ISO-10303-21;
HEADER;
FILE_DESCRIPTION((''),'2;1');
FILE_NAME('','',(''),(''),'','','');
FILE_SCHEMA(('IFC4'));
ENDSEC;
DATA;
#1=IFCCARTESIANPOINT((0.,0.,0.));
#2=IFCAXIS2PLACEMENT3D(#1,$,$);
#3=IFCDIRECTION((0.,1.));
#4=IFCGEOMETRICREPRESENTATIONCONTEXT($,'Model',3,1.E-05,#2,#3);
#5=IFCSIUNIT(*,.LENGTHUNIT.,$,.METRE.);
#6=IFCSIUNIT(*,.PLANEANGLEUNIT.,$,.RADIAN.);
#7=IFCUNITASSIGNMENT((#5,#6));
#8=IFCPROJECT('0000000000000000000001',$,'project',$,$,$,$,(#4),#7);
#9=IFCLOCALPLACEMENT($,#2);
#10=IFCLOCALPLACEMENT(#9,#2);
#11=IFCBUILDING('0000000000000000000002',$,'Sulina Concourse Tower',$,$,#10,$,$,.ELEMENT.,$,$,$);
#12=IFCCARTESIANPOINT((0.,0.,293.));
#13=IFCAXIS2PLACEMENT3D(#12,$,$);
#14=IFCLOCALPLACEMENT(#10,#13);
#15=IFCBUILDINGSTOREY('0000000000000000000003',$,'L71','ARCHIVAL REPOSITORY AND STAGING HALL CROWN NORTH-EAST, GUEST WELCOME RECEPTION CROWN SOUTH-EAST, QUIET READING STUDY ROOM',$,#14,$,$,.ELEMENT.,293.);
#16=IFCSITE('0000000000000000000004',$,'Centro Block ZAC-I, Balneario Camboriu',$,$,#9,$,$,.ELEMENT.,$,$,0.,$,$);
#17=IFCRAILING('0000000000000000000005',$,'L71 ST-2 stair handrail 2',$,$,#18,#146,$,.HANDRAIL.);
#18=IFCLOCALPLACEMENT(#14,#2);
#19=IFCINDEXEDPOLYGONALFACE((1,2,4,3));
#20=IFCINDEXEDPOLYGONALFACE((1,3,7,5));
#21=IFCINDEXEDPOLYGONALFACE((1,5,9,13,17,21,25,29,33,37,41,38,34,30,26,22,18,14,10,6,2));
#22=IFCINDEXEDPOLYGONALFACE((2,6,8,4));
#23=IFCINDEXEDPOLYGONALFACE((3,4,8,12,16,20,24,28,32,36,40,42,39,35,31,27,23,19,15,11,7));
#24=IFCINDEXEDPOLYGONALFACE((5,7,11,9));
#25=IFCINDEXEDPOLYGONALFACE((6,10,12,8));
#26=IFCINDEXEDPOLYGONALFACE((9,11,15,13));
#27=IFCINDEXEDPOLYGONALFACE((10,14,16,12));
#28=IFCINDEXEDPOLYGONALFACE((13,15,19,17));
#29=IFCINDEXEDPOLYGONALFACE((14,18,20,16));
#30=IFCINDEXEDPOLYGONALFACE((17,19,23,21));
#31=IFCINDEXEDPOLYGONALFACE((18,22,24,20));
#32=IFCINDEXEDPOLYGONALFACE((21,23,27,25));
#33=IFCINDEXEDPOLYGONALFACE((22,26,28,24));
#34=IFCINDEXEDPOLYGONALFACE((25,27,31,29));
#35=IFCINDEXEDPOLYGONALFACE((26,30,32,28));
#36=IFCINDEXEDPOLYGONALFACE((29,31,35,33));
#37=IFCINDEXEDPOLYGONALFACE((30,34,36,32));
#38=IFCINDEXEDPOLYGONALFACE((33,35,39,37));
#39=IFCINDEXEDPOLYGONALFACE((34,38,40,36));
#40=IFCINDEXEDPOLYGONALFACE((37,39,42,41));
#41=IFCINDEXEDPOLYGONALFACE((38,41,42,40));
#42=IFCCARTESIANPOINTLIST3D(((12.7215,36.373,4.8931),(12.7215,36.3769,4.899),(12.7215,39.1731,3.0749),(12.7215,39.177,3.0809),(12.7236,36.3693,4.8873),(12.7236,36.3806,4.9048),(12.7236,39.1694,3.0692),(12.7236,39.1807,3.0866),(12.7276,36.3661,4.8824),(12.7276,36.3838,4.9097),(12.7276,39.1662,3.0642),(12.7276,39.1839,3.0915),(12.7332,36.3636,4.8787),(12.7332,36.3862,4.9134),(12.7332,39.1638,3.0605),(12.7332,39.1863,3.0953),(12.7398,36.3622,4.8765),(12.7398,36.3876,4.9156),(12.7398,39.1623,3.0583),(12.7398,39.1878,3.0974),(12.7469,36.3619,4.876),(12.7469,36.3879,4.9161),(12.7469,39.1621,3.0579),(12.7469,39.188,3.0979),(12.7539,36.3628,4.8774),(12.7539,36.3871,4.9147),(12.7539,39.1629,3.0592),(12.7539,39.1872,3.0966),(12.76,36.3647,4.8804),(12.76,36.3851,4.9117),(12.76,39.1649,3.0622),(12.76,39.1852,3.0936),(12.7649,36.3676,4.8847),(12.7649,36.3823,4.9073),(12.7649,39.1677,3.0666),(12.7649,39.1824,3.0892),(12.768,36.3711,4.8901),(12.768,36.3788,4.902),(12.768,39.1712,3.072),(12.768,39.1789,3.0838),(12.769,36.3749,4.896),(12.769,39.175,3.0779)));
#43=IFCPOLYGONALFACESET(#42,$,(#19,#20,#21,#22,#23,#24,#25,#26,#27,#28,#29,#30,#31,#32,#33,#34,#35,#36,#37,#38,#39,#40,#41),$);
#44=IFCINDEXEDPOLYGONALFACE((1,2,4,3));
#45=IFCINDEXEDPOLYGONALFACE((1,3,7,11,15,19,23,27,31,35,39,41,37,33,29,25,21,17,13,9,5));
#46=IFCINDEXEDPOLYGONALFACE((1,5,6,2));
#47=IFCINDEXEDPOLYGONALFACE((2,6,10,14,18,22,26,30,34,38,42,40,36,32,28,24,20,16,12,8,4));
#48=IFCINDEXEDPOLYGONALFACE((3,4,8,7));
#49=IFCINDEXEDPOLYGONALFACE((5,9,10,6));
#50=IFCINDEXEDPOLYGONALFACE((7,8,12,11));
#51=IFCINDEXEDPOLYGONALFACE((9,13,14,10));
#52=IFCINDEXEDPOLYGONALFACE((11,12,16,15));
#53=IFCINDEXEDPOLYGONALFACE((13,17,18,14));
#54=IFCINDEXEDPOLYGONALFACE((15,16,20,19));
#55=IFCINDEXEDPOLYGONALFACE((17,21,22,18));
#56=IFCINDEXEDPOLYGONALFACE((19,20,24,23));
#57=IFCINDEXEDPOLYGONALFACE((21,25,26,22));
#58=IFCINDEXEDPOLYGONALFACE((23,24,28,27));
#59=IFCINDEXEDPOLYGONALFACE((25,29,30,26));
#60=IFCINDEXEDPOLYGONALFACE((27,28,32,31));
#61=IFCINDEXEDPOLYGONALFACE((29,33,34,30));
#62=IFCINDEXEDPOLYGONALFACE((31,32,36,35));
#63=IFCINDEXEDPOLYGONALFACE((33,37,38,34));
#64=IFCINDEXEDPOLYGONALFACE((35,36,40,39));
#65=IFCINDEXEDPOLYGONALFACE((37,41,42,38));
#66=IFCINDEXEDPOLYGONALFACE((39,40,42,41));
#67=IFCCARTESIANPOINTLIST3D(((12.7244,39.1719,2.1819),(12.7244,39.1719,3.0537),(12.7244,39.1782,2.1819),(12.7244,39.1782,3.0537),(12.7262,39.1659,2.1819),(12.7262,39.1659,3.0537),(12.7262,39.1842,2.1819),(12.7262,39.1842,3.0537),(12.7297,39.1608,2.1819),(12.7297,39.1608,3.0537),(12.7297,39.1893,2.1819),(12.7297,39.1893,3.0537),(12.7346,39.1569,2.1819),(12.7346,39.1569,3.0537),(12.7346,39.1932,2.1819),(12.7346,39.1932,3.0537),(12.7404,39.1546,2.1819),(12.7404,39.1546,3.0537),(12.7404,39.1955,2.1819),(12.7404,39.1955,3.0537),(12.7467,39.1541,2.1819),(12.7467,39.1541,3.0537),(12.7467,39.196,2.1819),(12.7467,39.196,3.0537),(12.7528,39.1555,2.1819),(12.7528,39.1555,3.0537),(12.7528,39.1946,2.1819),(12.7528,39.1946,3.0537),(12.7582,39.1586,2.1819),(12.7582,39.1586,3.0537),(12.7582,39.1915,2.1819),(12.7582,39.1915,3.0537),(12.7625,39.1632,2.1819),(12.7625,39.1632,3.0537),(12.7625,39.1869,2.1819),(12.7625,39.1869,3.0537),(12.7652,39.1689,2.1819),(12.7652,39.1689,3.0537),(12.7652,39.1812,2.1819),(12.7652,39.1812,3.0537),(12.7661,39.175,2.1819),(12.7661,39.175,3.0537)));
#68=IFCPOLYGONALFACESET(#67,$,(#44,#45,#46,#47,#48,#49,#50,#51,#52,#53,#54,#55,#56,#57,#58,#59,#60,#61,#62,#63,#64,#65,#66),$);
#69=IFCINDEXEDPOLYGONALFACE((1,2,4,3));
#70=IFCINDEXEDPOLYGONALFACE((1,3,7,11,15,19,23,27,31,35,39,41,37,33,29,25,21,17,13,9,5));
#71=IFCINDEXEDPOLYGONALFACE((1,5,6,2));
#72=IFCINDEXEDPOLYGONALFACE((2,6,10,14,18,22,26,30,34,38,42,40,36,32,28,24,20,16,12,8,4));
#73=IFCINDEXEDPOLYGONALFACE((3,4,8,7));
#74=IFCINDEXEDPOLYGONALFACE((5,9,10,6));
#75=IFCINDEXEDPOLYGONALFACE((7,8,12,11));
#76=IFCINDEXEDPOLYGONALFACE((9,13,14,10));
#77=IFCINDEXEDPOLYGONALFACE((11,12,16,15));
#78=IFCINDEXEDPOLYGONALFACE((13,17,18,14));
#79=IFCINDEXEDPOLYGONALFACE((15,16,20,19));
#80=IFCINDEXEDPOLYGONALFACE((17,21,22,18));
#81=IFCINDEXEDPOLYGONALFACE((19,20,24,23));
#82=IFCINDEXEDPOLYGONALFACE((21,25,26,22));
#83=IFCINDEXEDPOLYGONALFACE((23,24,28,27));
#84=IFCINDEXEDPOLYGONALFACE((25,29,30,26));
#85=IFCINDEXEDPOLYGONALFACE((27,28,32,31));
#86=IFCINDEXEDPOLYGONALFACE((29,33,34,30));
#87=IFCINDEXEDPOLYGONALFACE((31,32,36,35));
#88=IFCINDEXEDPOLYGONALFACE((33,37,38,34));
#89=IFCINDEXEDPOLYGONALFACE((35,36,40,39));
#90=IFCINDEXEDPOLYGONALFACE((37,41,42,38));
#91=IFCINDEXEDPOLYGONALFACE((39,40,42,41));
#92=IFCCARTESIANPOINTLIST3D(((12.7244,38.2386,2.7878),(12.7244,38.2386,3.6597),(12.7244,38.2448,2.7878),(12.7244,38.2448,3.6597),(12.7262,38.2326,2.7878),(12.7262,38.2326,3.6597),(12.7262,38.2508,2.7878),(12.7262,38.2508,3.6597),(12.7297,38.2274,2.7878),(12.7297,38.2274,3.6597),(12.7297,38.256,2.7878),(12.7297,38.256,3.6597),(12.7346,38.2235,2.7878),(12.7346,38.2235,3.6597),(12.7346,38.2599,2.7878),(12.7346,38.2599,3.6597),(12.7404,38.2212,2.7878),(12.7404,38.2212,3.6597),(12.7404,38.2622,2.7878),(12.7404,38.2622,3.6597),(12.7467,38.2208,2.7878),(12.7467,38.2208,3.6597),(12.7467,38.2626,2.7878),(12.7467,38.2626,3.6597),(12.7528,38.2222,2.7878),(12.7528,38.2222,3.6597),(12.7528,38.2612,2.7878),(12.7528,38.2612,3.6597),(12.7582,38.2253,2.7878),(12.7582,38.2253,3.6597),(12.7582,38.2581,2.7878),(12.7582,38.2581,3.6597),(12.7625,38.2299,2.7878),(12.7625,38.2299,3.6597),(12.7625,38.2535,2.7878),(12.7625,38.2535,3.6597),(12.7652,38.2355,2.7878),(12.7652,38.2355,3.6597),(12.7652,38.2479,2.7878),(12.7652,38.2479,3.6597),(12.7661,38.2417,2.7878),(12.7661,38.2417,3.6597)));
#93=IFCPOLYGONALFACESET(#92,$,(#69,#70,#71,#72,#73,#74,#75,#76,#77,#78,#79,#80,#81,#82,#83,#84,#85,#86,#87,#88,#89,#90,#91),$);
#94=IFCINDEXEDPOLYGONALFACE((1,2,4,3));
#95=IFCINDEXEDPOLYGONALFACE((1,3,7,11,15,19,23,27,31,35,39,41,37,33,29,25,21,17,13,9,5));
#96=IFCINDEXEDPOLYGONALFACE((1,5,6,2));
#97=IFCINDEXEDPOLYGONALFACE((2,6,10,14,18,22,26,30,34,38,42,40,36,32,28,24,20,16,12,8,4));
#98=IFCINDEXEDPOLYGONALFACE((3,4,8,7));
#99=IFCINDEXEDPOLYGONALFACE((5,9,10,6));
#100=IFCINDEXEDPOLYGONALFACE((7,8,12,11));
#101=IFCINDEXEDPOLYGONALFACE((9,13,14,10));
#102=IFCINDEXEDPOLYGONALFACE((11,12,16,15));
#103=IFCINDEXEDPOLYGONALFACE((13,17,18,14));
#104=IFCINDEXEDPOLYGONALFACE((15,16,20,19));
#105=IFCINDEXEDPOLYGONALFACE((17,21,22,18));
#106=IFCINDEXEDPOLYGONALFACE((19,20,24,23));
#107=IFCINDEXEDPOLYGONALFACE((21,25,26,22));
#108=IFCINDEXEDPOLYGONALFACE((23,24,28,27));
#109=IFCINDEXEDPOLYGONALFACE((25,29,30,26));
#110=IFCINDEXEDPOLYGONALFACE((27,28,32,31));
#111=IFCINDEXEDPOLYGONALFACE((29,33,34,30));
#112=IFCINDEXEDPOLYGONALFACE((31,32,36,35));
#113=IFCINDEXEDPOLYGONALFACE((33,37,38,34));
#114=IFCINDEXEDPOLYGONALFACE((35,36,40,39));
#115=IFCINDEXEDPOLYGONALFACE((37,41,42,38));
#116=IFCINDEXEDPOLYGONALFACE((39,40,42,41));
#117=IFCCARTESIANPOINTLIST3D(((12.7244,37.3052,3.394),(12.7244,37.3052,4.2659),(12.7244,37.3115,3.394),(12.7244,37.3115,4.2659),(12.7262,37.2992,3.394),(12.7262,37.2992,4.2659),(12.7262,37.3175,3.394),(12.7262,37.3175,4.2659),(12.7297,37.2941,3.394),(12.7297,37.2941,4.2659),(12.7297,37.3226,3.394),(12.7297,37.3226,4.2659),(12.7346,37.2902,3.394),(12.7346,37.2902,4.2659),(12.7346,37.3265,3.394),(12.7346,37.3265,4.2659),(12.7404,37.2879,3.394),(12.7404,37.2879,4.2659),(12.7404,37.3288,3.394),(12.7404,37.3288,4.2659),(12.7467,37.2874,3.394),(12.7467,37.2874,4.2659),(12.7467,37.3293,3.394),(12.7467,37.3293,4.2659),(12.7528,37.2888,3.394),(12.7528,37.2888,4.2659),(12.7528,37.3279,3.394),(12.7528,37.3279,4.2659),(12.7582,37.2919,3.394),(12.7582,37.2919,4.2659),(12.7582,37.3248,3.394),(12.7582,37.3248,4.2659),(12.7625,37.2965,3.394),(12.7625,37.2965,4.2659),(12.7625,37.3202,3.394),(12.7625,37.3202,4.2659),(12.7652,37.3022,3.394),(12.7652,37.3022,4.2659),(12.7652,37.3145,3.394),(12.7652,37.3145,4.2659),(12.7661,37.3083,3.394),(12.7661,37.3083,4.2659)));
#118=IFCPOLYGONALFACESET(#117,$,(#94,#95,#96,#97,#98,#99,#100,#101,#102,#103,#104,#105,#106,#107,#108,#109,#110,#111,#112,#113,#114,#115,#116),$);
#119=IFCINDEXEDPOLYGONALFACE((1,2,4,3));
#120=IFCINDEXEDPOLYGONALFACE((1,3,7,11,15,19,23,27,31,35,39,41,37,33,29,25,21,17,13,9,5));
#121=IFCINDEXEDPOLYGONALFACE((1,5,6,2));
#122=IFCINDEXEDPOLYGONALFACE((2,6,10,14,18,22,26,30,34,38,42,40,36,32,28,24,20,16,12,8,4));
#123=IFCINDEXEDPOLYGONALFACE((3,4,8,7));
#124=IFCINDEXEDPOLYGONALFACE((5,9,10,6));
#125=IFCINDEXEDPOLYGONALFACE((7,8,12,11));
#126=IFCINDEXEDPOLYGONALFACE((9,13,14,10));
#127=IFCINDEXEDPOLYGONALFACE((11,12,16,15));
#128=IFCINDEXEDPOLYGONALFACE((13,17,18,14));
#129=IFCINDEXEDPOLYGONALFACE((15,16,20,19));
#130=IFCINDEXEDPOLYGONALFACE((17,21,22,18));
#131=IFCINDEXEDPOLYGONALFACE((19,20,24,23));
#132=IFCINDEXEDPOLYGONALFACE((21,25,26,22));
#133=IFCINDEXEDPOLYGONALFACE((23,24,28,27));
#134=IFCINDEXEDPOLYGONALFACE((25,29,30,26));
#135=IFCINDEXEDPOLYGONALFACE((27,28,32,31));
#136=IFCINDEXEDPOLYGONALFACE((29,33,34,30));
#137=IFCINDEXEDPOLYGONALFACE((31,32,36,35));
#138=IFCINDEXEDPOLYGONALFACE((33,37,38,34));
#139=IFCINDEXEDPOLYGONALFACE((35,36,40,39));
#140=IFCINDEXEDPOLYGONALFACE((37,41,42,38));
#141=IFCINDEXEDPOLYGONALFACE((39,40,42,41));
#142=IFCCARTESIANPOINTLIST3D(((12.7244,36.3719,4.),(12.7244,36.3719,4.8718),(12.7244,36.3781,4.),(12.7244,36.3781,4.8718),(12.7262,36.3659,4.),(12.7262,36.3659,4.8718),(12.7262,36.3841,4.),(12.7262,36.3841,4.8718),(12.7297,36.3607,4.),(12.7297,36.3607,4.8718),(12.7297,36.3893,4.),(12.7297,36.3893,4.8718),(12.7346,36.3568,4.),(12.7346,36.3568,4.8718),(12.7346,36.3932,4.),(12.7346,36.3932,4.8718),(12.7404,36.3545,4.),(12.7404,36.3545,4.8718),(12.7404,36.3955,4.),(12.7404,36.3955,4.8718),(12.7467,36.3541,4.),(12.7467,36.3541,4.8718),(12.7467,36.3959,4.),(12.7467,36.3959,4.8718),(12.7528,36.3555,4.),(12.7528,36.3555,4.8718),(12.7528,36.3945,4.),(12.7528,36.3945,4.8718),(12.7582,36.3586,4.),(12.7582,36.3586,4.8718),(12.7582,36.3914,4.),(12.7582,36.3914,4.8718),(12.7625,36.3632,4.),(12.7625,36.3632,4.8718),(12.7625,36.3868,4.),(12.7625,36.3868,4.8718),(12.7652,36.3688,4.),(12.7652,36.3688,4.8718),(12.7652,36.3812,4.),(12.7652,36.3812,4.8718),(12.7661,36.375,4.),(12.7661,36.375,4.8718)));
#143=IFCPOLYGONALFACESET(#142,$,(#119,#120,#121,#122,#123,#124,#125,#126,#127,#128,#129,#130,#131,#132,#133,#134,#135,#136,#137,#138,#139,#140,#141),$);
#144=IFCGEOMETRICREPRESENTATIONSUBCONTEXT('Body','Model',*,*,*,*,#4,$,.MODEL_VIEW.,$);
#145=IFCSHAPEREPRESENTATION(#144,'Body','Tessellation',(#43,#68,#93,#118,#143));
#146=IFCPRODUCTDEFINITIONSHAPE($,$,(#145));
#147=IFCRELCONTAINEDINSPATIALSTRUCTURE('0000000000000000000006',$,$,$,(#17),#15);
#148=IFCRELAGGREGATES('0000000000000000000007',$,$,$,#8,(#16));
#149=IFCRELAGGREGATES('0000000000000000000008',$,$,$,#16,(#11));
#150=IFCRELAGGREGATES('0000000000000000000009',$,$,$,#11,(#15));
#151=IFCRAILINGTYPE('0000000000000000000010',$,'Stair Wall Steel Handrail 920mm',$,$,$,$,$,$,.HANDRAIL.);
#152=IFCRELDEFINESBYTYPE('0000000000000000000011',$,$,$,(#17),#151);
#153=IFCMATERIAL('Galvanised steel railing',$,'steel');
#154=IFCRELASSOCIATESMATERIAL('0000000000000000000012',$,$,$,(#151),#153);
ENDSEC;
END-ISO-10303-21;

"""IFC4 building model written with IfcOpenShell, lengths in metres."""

from ifc_helpers import new_model, si_unit, direction, frame, origin, origin_2d, place, context, subcontext, project, spatial, circle, extrude, material, type_object, element, save


model = new_model("IFC4")

# Units and contexts
model_context = context("Model", 3, precision=1e-05, world=origin(), true_north=direction((0.0, 1.0)))
body_context = subcontext(model_context, "Body", "Model", "MODEL_VIEW")
ifc_project = project(units=[si_unit("LENGTHUNIT", "METRE"), si_unit("PLANEANGLEUNIT", "RADIAN")], contexts=[model_context])

# Site, building, storey
site_placement = place(None, origin())
site = spatial("IfcSite", under=ifc_project, at=site_placement, Name="Centro Block ZAC-I, Balneario Camboriu", CompositionType="ELEMENT", RefElevation=0.0)
building_placement = place(site_placement, origin())
building = spatial("IfcBuilding", under=site, at=building_placement, Name="Sulina Concourse Tower", CompositionType="ELEMENT")
storey_placement = place(building_placement, frame((0.0, 0.0, 293.0)))
storey = spatial("IfcBuildingStorey", under=building, at=storey_placement, Name="L71", Description="ARCHIVAL REPOSITORY AND STAGING HALL CROWN NORTH-EAST, GUEST WELCOME RECEPTION CROWN SOUTH-EAST, QUIET READING STUDY ROOM", CompositionType="ELEMENT", Elevation=293.0)

# Railing
ifc_material_1 = material(Name="Galvanised steel railing", Category="steel")
railing_type_1 = type_object("IfcRailingType", Name="Stair Wall Steel Handrail 920mm", PredefinedType="HANDRAIL", material=ifc_material_1)
for number, where, name in (
    (1, (12.7451, 39.175, 2.1819), "L71 ST-2 stair handrail 2"),
):
    element("IfcRailing", number, at=place(storey_placement, frame(where)), inside=storey, type_object=railing_type_1, Name=name, PredefinedType="HANDRAIL", context=body_context, shape_type="SweptSolid", body=[
        extrude(circle(Radius=0.0239, at=origin_2d()), frame((0.0, 0.0, 0.896), z_axis=(0.0, -0.838706, 0.544585), x_axis=(1.0, 0.0, 0.0)), (0.0, 0.0, 1.0), 3.3386),
        extrude(circle(Radius=0.021, at=origin_2d()), origin(), (0.0, 0.0, 1.0), 0.8718),
        extrude(circle(Radius=0.021, at=origin_2d()), frame((0.0, -0.9333, 0.606)), (0.0, 0.0, 1.0), 0.8718),
        extrude(circle(Radius=0.021, at=origin_2d()), frame((0.0, -1.8667, 1.2122)), (0.0, 0.0, 1.0), 0.8718),
        extrude(circle(Radius=0.021, at=origin_2d()), frame((0.0, -2.8, 1.8181)), (0.0, 0.0, 1.0), 0.8718),
    ])

save(model, "model.ifc")
